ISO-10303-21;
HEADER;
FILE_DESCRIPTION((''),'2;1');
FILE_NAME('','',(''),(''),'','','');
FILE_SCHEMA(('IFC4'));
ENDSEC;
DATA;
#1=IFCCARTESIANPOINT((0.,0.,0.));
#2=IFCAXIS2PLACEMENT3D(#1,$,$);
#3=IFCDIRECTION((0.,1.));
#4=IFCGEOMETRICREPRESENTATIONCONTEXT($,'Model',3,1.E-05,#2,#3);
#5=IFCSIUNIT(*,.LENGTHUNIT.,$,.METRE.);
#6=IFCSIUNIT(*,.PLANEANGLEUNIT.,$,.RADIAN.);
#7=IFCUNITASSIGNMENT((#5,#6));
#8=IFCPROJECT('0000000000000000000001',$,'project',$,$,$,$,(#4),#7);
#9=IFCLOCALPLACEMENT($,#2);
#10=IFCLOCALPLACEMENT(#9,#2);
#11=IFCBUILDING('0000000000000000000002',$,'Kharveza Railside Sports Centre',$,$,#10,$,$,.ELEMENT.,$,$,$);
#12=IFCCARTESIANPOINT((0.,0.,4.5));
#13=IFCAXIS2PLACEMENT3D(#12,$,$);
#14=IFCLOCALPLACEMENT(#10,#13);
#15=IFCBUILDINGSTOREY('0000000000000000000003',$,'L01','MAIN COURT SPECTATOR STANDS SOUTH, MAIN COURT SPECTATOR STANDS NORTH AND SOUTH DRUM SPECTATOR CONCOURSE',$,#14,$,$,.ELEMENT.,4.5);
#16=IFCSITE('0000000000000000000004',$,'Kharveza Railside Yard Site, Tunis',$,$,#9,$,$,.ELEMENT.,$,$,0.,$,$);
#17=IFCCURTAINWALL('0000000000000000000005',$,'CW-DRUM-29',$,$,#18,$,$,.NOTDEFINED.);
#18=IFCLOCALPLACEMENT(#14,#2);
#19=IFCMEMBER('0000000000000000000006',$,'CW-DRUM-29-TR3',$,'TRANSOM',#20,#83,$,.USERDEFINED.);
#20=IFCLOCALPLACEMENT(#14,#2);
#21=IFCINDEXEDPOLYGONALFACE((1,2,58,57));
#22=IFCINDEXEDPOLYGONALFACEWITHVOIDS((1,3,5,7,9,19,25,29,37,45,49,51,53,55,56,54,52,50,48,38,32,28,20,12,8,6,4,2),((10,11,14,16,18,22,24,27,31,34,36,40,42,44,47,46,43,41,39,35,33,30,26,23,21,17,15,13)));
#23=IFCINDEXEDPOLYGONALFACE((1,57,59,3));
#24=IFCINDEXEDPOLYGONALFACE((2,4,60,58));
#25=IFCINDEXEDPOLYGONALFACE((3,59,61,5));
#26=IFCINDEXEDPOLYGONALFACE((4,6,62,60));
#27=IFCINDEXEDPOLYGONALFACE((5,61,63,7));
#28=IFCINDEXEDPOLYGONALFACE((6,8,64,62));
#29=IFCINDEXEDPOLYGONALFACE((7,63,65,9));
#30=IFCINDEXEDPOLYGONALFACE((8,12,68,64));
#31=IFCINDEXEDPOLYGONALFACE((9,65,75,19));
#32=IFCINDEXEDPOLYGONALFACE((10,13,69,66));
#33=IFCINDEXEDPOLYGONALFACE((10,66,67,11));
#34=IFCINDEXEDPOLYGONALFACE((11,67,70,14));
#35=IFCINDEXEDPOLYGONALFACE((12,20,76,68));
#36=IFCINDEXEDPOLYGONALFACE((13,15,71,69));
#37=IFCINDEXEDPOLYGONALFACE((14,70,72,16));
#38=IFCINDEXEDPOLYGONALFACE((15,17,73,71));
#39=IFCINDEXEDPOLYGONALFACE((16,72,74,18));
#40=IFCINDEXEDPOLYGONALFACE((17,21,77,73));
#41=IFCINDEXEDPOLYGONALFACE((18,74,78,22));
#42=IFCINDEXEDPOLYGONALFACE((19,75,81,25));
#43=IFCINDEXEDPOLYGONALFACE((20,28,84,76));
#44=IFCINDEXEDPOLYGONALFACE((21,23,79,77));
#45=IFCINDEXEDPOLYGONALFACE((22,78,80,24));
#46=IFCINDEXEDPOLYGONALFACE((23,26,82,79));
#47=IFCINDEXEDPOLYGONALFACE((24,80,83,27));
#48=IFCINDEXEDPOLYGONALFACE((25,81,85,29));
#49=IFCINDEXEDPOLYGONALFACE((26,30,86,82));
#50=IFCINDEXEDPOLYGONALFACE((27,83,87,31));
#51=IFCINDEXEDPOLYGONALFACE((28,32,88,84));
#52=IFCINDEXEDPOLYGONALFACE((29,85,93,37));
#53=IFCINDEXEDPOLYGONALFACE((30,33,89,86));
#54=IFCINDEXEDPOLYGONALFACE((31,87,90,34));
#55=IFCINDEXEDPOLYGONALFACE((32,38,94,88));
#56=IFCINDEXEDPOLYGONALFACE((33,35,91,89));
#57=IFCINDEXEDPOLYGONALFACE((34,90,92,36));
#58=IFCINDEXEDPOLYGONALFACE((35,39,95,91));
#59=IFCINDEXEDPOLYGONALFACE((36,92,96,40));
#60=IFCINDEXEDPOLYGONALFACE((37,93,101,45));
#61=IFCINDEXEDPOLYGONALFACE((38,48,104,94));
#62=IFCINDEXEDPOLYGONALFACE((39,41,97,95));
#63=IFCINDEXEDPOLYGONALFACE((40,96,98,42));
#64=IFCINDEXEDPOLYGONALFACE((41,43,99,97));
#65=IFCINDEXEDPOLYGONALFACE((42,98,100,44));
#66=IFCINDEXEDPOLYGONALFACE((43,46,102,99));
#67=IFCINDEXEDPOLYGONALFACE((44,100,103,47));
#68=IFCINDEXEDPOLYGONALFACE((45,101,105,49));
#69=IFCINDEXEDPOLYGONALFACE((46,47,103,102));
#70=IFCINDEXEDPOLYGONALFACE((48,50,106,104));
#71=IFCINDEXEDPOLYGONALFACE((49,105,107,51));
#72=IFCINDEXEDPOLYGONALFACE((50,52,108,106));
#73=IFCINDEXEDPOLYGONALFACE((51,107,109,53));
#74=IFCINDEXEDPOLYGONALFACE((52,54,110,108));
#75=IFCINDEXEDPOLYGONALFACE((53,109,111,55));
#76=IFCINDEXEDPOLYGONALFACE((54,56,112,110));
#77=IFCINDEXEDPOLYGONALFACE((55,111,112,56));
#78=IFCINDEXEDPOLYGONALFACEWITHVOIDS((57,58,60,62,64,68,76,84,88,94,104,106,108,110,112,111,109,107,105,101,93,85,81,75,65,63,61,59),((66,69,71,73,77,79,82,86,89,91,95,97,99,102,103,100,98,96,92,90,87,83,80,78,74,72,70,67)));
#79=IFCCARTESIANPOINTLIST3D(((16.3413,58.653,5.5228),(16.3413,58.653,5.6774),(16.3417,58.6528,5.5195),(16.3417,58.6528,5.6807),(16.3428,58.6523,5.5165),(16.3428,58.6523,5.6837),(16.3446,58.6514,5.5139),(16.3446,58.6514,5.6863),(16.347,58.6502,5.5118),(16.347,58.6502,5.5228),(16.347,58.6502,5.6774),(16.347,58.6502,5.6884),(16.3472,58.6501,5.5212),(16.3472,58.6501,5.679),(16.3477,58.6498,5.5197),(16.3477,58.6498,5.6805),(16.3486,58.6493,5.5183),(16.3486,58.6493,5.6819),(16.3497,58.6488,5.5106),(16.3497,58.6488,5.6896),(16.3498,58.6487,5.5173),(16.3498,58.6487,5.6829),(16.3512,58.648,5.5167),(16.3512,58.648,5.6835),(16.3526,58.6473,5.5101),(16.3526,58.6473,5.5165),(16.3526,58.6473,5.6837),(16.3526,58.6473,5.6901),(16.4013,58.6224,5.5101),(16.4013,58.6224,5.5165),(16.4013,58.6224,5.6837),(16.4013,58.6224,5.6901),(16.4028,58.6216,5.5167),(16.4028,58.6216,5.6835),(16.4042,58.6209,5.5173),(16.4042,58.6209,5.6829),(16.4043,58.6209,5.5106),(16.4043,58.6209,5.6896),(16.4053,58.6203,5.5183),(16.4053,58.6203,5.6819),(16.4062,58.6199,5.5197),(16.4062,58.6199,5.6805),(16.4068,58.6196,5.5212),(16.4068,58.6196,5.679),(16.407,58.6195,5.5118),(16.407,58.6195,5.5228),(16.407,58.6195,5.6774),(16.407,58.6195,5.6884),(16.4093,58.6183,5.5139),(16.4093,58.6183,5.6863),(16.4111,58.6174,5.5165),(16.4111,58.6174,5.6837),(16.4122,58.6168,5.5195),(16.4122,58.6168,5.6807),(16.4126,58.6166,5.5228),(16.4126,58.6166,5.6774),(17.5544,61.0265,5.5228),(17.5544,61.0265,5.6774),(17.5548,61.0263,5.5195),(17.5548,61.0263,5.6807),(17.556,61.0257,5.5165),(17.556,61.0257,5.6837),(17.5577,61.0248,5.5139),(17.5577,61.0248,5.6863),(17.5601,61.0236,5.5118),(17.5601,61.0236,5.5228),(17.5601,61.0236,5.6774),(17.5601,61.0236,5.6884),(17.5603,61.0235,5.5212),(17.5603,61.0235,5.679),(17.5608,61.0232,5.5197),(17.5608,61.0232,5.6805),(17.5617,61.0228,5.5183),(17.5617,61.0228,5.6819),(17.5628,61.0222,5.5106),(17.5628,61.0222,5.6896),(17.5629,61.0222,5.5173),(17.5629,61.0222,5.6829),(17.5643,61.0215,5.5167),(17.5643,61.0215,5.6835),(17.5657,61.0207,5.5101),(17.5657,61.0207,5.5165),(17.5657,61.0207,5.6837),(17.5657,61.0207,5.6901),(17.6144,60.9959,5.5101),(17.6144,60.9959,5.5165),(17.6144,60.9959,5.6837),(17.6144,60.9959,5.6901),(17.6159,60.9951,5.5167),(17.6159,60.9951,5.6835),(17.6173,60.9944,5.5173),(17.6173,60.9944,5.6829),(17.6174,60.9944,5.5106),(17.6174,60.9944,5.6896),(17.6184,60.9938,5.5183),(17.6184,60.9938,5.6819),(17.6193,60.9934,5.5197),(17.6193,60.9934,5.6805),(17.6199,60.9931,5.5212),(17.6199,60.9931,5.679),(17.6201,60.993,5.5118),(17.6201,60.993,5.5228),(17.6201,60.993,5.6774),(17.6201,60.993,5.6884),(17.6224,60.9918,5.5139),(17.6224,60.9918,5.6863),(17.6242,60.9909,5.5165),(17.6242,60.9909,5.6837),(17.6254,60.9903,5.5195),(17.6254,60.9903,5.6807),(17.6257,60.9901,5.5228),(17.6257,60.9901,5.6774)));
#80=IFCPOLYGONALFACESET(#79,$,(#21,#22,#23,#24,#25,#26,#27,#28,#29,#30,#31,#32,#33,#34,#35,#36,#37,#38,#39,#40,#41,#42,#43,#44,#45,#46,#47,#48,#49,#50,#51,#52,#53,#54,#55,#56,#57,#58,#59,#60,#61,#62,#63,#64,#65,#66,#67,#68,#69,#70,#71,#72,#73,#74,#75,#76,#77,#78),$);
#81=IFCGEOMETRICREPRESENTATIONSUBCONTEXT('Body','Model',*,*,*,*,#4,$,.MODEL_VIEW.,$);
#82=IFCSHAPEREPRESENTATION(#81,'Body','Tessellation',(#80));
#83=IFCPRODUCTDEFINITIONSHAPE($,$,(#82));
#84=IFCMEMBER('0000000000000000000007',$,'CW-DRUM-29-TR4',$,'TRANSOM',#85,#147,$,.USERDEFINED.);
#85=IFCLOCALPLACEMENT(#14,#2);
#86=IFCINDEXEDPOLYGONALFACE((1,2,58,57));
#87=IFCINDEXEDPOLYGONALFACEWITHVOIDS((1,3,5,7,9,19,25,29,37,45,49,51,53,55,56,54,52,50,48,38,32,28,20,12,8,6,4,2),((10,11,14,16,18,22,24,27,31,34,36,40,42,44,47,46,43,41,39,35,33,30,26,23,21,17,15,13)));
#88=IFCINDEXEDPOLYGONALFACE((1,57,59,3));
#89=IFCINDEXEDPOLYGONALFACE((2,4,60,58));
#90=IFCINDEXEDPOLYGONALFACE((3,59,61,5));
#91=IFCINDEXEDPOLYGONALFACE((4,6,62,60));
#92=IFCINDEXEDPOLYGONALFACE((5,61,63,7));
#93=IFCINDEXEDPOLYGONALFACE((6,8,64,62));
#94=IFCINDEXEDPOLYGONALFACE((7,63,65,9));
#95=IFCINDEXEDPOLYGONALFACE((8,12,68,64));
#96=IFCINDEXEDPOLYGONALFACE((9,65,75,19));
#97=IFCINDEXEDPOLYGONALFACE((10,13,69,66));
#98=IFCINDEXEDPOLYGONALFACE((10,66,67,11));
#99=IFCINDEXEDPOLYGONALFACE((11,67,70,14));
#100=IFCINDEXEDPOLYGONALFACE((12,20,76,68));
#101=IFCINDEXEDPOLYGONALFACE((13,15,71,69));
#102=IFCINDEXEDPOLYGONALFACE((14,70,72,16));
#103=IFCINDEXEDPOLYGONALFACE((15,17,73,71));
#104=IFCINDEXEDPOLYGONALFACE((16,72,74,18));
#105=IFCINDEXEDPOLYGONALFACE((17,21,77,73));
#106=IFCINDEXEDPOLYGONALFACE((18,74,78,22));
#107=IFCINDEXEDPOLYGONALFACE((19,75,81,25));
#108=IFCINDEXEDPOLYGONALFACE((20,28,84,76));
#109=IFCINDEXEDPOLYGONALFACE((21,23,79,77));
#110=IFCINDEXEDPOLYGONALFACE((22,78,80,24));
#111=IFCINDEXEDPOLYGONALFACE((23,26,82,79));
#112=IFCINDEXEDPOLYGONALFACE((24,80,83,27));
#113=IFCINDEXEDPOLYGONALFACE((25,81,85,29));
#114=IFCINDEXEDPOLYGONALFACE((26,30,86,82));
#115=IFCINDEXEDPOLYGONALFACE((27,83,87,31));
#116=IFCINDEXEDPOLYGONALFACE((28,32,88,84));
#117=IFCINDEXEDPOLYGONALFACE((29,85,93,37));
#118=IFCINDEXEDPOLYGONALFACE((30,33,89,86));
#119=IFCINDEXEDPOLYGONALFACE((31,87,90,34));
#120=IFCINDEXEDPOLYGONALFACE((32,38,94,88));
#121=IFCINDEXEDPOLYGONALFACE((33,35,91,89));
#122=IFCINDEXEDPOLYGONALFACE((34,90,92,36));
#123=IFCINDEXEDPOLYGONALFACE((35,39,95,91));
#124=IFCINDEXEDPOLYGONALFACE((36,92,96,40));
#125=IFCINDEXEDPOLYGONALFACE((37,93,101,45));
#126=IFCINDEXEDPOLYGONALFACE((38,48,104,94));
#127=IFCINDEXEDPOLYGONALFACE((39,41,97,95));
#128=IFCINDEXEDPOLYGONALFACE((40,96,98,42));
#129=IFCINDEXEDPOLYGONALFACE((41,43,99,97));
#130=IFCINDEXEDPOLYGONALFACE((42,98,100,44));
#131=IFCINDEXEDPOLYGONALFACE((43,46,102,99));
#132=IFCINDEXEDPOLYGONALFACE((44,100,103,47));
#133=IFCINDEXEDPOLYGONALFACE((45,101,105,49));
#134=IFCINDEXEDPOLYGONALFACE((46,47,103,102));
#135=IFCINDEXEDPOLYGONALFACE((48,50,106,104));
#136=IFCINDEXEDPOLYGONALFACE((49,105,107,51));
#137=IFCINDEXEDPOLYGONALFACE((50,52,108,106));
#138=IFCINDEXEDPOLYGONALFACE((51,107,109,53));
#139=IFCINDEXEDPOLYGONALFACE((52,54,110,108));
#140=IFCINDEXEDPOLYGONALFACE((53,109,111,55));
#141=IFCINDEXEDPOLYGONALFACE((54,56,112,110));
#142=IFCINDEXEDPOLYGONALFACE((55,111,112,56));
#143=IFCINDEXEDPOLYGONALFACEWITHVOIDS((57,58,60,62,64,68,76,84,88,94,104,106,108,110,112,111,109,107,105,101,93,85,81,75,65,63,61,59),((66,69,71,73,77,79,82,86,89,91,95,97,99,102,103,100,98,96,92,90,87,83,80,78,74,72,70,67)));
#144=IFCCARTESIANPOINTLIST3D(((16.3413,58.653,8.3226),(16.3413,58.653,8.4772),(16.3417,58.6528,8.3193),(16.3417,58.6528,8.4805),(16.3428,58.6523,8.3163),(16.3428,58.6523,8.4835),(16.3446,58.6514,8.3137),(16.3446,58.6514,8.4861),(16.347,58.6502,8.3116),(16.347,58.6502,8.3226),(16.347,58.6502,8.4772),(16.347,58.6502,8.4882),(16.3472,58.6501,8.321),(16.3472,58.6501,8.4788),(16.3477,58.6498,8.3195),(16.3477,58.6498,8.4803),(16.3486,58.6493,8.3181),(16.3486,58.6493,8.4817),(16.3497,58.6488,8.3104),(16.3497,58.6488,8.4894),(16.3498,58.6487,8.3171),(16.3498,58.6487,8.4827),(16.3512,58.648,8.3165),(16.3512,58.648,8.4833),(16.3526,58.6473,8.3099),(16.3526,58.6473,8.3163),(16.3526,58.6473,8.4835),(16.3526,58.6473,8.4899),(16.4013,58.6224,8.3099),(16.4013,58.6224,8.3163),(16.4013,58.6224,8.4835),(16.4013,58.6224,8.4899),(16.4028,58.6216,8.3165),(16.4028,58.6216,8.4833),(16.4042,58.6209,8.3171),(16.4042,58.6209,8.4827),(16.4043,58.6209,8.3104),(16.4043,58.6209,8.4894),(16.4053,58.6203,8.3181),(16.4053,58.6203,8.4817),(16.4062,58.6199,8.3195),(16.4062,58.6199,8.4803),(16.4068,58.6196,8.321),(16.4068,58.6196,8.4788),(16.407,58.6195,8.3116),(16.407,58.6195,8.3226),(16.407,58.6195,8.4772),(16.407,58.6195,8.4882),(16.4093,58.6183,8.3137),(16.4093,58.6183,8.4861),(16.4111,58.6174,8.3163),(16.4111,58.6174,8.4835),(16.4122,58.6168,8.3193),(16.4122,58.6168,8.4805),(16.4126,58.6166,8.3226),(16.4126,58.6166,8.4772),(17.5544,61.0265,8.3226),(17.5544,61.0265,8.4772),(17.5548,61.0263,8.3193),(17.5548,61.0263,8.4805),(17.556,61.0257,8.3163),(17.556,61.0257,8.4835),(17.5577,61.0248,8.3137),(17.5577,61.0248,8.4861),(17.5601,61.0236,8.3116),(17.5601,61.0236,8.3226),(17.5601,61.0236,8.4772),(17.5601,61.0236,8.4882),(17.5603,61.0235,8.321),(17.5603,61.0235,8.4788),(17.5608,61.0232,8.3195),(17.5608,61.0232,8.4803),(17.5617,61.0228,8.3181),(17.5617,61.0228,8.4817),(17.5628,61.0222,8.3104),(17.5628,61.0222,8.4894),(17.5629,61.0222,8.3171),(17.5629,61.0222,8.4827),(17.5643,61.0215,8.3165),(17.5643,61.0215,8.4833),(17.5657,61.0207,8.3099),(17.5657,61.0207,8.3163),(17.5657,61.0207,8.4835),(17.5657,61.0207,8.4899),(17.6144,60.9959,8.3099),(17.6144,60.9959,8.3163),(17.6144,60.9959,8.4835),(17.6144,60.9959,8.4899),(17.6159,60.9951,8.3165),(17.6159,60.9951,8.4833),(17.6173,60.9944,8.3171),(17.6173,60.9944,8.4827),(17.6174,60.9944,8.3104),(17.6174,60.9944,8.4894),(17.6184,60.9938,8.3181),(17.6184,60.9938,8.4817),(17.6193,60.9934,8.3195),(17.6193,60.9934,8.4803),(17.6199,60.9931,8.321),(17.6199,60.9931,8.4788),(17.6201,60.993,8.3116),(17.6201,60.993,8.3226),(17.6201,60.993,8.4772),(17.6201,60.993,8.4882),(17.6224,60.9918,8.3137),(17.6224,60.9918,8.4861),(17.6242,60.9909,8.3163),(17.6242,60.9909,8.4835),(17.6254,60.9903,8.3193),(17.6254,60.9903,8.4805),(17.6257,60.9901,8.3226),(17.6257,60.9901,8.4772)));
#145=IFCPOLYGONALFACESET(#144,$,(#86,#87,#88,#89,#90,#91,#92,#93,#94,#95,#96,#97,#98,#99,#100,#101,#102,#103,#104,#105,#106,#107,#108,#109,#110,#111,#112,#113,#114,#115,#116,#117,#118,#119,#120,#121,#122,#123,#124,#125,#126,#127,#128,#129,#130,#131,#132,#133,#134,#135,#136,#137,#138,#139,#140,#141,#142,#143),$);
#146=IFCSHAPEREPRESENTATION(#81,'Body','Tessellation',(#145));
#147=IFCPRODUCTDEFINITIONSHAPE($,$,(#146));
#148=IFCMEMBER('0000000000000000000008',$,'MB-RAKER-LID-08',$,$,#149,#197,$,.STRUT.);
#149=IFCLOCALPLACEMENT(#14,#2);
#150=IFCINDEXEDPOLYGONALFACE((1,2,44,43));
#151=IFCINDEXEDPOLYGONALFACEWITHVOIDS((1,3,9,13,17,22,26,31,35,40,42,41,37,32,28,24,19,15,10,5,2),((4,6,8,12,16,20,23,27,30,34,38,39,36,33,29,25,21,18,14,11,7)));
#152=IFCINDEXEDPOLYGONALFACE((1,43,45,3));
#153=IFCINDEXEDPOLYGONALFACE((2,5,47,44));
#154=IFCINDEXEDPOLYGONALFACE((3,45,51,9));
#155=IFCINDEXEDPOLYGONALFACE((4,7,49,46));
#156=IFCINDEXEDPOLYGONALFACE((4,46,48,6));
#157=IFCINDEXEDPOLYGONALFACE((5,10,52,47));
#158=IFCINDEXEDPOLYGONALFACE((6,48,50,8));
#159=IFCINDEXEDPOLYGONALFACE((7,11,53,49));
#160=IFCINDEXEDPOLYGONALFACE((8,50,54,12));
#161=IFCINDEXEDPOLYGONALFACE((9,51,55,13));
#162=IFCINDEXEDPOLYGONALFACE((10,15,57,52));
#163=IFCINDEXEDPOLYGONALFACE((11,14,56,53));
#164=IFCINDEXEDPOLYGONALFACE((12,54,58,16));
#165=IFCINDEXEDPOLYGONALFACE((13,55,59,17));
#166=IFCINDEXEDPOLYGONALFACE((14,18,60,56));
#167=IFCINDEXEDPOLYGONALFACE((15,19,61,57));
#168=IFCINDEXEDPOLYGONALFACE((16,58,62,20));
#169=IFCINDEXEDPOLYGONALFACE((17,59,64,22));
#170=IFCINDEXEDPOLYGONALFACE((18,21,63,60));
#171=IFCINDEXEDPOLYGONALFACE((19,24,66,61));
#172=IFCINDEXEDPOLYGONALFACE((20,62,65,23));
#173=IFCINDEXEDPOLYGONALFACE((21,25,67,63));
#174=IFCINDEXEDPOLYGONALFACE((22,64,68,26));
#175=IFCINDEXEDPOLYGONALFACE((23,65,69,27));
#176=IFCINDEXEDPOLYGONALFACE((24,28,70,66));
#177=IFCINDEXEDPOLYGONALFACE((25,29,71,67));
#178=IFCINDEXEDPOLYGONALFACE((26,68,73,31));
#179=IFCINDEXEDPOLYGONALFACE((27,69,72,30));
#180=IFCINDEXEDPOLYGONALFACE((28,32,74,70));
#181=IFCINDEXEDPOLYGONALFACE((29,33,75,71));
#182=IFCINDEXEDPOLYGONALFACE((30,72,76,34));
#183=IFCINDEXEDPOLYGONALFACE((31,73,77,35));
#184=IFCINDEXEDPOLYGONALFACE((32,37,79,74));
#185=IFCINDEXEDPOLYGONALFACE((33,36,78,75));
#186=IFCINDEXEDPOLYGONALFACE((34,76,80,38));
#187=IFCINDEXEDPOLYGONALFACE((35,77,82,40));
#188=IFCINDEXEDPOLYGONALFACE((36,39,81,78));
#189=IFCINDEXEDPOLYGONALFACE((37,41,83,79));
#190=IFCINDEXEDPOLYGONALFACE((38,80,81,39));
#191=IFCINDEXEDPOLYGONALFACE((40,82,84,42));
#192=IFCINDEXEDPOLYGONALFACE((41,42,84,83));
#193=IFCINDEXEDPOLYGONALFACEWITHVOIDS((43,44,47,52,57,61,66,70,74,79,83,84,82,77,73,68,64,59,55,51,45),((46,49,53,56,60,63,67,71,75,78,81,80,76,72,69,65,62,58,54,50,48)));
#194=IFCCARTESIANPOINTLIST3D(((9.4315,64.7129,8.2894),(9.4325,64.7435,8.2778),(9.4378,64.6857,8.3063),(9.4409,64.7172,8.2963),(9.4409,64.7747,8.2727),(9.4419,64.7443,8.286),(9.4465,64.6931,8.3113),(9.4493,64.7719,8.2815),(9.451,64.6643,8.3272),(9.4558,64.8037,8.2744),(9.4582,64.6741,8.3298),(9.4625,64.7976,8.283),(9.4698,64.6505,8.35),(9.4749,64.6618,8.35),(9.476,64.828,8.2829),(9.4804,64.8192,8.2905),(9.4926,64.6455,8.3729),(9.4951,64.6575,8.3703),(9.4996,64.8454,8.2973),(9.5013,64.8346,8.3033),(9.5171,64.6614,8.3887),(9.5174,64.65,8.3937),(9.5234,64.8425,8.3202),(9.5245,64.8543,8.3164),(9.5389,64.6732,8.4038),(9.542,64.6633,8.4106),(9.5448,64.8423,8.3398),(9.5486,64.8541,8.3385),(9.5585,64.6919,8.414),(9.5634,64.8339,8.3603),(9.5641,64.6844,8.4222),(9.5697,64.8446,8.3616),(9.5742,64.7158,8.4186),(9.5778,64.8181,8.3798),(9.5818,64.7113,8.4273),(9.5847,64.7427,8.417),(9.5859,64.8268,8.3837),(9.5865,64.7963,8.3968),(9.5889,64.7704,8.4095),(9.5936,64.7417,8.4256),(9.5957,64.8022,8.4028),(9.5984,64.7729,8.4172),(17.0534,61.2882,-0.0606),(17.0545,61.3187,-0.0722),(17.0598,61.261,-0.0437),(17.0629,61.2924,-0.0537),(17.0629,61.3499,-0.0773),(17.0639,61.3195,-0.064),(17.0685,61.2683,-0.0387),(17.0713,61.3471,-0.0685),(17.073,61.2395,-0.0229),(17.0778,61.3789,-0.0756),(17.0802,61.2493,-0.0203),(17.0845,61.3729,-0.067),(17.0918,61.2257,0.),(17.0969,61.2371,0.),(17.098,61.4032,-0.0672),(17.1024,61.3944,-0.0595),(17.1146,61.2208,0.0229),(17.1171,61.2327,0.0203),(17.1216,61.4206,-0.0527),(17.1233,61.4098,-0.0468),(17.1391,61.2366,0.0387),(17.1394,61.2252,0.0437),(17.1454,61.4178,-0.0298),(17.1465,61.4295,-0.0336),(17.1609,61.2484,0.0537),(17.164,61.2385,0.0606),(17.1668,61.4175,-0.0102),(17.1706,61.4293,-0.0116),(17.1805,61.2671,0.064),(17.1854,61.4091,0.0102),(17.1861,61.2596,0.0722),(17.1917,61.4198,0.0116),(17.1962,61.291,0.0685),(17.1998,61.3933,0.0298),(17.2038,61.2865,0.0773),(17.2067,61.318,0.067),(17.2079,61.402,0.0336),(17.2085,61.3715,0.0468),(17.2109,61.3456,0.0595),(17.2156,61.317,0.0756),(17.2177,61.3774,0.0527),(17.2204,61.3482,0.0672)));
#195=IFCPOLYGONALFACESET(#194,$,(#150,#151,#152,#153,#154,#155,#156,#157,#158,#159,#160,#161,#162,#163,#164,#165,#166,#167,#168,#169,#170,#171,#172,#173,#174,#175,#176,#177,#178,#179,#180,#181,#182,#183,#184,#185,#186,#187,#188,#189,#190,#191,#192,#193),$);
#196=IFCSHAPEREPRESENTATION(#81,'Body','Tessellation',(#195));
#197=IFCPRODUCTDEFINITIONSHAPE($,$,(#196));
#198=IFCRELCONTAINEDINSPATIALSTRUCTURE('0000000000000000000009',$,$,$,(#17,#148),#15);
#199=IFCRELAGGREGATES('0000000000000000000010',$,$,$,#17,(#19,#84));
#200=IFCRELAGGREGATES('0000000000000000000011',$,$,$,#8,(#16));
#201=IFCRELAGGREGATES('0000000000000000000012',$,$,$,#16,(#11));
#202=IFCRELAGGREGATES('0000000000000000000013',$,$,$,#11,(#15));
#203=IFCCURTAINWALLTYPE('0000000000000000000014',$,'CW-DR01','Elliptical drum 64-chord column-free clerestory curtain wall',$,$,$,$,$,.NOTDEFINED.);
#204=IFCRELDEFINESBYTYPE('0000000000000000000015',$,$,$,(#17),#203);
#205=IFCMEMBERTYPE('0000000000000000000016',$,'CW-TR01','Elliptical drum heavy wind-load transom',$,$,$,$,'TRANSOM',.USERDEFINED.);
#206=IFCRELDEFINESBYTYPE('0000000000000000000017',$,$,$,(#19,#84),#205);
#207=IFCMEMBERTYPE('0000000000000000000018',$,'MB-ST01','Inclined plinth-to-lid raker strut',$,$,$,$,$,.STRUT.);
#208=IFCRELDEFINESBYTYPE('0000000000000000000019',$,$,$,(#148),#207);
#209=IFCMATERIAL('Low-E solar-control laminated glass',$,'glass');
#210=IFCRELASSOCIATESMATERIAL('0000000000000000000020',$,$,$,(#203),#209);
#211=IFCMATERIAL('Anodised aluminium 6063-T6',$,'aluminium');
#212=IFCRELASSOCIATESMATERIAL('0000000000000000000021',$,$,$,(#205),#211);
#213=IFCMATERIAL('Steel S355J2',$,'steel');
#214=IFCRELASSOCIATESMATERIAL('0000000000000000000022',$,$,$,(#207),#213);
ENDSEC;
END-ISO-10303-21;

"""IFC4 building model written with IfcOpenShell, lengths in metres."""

from ifc_helpers import new_model, si_unit, direction, frame, origin, origin_2d, place, context, subcontext, project, spatial, hollow_rectangle, hollow_circle, extrude, material, material_profile, profile_set, type_object, element, aggregate, save


model = new_model("IFC4")

# Units and contexts
model_context = context("Model", 3, precision=1e-05, world=origin(), true_north=direction((0.0, 1.0)))
body_context = subcontext(model_context, "Body", "Model", "MODEL_VIEW")
ifc_project = project(units=[si_unit("LENGTHUNIT", "METRE"), si_unit("PLANEANGLEUNIT", "RADIAN")], contexts=[model_context])

# Site, building, storey
site_placement = place(None, origin())
site = spatial("IfcSite", under=ifc_project, at=site_placement, Name="Kharveza Railside Yard Site, Tunis", CompositionType="ELEMENT", RefElevation=0.0)
building_placement = place(site_placement, origin())
building = spatial("IfcBuilding", under=site, at=building_placement, Name="Kharveza Railside Sports Centre", CompositionType="ELEMENT")
storey_placement = place(building_placement, frame((0.0, 0.0, 4.5)))
storey = spatial("IfcBuildingStorey", under=building, at=storey_placement, Name="L01", Description="MAIN COURT SPECTATOR STANDS SOUTH, MAIN COURT SPECTATOR STANDS NORTH AND SOUTH DRUM SPECTATOR CONCOURSE", CompositionType="ELEMENT", Elevation=4.5)

# Shared definitions
ifc_material_1 = material(Name="Steel S355J2", Category="steel")

# Curtain wall
ifc_material_2 = material(Name="Low-E solar-control laminated glass", Category="glass")
curtain_wall_type = type_object("IfcCurtainWallType", Name="CW-DR01", Description="Elliptical drum 64-chord column-free clerestory curtain wall", PredefinedType="NOTDEFINED", material=ifc_material_2)
ifc_material_3 = material(Name="Anodised aluminium 6063-T6", Category="aluminium")
curtain_wall_1_placement = place(storey_placement, origin())
curtain_wall_1 = element("IfcCurtainWall", 1, at=curtain_wall_1_placement, inside=storey, type_object=curtain_wall_type, Name="CW-DRUM-29", PredefinedType="NOTDEFINED")

# Members
ifc_material_profile_1 = material_profile(ifc_material_3, hollow_rectangle(XDim=0.0801, YDim=0.1799, WallThickness=0.0063, InnerFilletRadius=0.0063, OuterFilletRadius=0.0127, at=origin_2d()), Name="RHS 80x180x6.3")
ifc_profile_set_1 = profile_set([ifc_material_profile_1], Name="Anodised aluminium 6063-T6")
member_type_1 = type_object("IfcMemberType", Name="CW-TR01", Description="Elliptical drum heavy wind-load transom", ElementType="TRANSOM", PredefinedType="USERDEFINED", material=ifc_profile_set_1)
member_1_placement = place(storey_placement, frame((17.5901, 61.0083, 5.6001), z_axis=(-0.455109, -0.890436, 0.0), x_axis=(0.890436, -0.455109, 0.0)))
member_1 = element("IfcMember", 2, at=member_1_placement, type_object=member_type_1, Name="CW-DRUM-29-TR3", ObjectType="TRANSOM", PredefinedType="USERDEFINED", context=body_context, shape_type="SweptSolid", body=[
    extrude(hollow_rectangle(XDim=0.0801, YDim=0.1799, WallThickness=0.0063, InnerFilletRadius=0.0063, OuterFilletRadius=0.0127, at=origin_2d()), origin(), (0.0, 0.0, 1.0), 2.6655),
])
member_2_placement = place(storey_placement, frame((17.5901, 61.0083, 8.3999), z_axis=(-0.455109, -0.890436, 0.0), x_axis=(0.890436, -0.455109, 0.0)))
member_2 = element("IfcMember", 3, at=member_2_placement, type_object=member_type_1, Name="CW-DRUM-29-TR4", ObjectType="TRANSOM", PredefinedType="USERDEFINED", context=body_context, shape_type="SweptSolid", body=[
    extrude(hollow_rectangle(XDim=0.0801, YDim=0.1799, WallThickness=0.0063, InnerFilletRadius=0.0063, OuterFilletRadius=0.0127, at=origin_2d()), origin(), (0.0, 0.0, 1.0), 2.6655),
])
ifc_material_profile_2 = material_profile(ifc_material_1, hollow_circle(Radius=0.1096, WallThickness=0.0125, at=origin_2d()), Name="CHS 219.1x12.5")
ifc_profile_set_2 = profile_set([ifc_material_profile_2], Name="Steel S355J2")
member_type_2 = type_object("IfcMemberType", Name="MB-ST01", Description="Inclined plinth-to-lid raker strut", PredefinedType="STRUT", material=ifc_profile_set_2)
member_3_placement = place(storey_placement, frame((17.1367, 61.3257, 0.0), z_axis=(-0.645222, 0.289916, 0.706851), x_axis=(-0.409854, -0.912151, 0.0)))
element("IfcMember", 4, at=member_3_placement, inside=storey, type_object=member_type_2, Name="MB-RAKER-LID-08", PredefinedType="STRUT", context=body_context, shape_type="SweptSolid", body=[
    extrude(hollow_circle(Radius=0.1096, WallThickness=0.0125, at=origin_2d()), origin(), (0.0, 0.0, 1.0), 11.813),
])

aggregate(curtain_wall_1, [member_1, member_2])

save(model, "model.ifc")
